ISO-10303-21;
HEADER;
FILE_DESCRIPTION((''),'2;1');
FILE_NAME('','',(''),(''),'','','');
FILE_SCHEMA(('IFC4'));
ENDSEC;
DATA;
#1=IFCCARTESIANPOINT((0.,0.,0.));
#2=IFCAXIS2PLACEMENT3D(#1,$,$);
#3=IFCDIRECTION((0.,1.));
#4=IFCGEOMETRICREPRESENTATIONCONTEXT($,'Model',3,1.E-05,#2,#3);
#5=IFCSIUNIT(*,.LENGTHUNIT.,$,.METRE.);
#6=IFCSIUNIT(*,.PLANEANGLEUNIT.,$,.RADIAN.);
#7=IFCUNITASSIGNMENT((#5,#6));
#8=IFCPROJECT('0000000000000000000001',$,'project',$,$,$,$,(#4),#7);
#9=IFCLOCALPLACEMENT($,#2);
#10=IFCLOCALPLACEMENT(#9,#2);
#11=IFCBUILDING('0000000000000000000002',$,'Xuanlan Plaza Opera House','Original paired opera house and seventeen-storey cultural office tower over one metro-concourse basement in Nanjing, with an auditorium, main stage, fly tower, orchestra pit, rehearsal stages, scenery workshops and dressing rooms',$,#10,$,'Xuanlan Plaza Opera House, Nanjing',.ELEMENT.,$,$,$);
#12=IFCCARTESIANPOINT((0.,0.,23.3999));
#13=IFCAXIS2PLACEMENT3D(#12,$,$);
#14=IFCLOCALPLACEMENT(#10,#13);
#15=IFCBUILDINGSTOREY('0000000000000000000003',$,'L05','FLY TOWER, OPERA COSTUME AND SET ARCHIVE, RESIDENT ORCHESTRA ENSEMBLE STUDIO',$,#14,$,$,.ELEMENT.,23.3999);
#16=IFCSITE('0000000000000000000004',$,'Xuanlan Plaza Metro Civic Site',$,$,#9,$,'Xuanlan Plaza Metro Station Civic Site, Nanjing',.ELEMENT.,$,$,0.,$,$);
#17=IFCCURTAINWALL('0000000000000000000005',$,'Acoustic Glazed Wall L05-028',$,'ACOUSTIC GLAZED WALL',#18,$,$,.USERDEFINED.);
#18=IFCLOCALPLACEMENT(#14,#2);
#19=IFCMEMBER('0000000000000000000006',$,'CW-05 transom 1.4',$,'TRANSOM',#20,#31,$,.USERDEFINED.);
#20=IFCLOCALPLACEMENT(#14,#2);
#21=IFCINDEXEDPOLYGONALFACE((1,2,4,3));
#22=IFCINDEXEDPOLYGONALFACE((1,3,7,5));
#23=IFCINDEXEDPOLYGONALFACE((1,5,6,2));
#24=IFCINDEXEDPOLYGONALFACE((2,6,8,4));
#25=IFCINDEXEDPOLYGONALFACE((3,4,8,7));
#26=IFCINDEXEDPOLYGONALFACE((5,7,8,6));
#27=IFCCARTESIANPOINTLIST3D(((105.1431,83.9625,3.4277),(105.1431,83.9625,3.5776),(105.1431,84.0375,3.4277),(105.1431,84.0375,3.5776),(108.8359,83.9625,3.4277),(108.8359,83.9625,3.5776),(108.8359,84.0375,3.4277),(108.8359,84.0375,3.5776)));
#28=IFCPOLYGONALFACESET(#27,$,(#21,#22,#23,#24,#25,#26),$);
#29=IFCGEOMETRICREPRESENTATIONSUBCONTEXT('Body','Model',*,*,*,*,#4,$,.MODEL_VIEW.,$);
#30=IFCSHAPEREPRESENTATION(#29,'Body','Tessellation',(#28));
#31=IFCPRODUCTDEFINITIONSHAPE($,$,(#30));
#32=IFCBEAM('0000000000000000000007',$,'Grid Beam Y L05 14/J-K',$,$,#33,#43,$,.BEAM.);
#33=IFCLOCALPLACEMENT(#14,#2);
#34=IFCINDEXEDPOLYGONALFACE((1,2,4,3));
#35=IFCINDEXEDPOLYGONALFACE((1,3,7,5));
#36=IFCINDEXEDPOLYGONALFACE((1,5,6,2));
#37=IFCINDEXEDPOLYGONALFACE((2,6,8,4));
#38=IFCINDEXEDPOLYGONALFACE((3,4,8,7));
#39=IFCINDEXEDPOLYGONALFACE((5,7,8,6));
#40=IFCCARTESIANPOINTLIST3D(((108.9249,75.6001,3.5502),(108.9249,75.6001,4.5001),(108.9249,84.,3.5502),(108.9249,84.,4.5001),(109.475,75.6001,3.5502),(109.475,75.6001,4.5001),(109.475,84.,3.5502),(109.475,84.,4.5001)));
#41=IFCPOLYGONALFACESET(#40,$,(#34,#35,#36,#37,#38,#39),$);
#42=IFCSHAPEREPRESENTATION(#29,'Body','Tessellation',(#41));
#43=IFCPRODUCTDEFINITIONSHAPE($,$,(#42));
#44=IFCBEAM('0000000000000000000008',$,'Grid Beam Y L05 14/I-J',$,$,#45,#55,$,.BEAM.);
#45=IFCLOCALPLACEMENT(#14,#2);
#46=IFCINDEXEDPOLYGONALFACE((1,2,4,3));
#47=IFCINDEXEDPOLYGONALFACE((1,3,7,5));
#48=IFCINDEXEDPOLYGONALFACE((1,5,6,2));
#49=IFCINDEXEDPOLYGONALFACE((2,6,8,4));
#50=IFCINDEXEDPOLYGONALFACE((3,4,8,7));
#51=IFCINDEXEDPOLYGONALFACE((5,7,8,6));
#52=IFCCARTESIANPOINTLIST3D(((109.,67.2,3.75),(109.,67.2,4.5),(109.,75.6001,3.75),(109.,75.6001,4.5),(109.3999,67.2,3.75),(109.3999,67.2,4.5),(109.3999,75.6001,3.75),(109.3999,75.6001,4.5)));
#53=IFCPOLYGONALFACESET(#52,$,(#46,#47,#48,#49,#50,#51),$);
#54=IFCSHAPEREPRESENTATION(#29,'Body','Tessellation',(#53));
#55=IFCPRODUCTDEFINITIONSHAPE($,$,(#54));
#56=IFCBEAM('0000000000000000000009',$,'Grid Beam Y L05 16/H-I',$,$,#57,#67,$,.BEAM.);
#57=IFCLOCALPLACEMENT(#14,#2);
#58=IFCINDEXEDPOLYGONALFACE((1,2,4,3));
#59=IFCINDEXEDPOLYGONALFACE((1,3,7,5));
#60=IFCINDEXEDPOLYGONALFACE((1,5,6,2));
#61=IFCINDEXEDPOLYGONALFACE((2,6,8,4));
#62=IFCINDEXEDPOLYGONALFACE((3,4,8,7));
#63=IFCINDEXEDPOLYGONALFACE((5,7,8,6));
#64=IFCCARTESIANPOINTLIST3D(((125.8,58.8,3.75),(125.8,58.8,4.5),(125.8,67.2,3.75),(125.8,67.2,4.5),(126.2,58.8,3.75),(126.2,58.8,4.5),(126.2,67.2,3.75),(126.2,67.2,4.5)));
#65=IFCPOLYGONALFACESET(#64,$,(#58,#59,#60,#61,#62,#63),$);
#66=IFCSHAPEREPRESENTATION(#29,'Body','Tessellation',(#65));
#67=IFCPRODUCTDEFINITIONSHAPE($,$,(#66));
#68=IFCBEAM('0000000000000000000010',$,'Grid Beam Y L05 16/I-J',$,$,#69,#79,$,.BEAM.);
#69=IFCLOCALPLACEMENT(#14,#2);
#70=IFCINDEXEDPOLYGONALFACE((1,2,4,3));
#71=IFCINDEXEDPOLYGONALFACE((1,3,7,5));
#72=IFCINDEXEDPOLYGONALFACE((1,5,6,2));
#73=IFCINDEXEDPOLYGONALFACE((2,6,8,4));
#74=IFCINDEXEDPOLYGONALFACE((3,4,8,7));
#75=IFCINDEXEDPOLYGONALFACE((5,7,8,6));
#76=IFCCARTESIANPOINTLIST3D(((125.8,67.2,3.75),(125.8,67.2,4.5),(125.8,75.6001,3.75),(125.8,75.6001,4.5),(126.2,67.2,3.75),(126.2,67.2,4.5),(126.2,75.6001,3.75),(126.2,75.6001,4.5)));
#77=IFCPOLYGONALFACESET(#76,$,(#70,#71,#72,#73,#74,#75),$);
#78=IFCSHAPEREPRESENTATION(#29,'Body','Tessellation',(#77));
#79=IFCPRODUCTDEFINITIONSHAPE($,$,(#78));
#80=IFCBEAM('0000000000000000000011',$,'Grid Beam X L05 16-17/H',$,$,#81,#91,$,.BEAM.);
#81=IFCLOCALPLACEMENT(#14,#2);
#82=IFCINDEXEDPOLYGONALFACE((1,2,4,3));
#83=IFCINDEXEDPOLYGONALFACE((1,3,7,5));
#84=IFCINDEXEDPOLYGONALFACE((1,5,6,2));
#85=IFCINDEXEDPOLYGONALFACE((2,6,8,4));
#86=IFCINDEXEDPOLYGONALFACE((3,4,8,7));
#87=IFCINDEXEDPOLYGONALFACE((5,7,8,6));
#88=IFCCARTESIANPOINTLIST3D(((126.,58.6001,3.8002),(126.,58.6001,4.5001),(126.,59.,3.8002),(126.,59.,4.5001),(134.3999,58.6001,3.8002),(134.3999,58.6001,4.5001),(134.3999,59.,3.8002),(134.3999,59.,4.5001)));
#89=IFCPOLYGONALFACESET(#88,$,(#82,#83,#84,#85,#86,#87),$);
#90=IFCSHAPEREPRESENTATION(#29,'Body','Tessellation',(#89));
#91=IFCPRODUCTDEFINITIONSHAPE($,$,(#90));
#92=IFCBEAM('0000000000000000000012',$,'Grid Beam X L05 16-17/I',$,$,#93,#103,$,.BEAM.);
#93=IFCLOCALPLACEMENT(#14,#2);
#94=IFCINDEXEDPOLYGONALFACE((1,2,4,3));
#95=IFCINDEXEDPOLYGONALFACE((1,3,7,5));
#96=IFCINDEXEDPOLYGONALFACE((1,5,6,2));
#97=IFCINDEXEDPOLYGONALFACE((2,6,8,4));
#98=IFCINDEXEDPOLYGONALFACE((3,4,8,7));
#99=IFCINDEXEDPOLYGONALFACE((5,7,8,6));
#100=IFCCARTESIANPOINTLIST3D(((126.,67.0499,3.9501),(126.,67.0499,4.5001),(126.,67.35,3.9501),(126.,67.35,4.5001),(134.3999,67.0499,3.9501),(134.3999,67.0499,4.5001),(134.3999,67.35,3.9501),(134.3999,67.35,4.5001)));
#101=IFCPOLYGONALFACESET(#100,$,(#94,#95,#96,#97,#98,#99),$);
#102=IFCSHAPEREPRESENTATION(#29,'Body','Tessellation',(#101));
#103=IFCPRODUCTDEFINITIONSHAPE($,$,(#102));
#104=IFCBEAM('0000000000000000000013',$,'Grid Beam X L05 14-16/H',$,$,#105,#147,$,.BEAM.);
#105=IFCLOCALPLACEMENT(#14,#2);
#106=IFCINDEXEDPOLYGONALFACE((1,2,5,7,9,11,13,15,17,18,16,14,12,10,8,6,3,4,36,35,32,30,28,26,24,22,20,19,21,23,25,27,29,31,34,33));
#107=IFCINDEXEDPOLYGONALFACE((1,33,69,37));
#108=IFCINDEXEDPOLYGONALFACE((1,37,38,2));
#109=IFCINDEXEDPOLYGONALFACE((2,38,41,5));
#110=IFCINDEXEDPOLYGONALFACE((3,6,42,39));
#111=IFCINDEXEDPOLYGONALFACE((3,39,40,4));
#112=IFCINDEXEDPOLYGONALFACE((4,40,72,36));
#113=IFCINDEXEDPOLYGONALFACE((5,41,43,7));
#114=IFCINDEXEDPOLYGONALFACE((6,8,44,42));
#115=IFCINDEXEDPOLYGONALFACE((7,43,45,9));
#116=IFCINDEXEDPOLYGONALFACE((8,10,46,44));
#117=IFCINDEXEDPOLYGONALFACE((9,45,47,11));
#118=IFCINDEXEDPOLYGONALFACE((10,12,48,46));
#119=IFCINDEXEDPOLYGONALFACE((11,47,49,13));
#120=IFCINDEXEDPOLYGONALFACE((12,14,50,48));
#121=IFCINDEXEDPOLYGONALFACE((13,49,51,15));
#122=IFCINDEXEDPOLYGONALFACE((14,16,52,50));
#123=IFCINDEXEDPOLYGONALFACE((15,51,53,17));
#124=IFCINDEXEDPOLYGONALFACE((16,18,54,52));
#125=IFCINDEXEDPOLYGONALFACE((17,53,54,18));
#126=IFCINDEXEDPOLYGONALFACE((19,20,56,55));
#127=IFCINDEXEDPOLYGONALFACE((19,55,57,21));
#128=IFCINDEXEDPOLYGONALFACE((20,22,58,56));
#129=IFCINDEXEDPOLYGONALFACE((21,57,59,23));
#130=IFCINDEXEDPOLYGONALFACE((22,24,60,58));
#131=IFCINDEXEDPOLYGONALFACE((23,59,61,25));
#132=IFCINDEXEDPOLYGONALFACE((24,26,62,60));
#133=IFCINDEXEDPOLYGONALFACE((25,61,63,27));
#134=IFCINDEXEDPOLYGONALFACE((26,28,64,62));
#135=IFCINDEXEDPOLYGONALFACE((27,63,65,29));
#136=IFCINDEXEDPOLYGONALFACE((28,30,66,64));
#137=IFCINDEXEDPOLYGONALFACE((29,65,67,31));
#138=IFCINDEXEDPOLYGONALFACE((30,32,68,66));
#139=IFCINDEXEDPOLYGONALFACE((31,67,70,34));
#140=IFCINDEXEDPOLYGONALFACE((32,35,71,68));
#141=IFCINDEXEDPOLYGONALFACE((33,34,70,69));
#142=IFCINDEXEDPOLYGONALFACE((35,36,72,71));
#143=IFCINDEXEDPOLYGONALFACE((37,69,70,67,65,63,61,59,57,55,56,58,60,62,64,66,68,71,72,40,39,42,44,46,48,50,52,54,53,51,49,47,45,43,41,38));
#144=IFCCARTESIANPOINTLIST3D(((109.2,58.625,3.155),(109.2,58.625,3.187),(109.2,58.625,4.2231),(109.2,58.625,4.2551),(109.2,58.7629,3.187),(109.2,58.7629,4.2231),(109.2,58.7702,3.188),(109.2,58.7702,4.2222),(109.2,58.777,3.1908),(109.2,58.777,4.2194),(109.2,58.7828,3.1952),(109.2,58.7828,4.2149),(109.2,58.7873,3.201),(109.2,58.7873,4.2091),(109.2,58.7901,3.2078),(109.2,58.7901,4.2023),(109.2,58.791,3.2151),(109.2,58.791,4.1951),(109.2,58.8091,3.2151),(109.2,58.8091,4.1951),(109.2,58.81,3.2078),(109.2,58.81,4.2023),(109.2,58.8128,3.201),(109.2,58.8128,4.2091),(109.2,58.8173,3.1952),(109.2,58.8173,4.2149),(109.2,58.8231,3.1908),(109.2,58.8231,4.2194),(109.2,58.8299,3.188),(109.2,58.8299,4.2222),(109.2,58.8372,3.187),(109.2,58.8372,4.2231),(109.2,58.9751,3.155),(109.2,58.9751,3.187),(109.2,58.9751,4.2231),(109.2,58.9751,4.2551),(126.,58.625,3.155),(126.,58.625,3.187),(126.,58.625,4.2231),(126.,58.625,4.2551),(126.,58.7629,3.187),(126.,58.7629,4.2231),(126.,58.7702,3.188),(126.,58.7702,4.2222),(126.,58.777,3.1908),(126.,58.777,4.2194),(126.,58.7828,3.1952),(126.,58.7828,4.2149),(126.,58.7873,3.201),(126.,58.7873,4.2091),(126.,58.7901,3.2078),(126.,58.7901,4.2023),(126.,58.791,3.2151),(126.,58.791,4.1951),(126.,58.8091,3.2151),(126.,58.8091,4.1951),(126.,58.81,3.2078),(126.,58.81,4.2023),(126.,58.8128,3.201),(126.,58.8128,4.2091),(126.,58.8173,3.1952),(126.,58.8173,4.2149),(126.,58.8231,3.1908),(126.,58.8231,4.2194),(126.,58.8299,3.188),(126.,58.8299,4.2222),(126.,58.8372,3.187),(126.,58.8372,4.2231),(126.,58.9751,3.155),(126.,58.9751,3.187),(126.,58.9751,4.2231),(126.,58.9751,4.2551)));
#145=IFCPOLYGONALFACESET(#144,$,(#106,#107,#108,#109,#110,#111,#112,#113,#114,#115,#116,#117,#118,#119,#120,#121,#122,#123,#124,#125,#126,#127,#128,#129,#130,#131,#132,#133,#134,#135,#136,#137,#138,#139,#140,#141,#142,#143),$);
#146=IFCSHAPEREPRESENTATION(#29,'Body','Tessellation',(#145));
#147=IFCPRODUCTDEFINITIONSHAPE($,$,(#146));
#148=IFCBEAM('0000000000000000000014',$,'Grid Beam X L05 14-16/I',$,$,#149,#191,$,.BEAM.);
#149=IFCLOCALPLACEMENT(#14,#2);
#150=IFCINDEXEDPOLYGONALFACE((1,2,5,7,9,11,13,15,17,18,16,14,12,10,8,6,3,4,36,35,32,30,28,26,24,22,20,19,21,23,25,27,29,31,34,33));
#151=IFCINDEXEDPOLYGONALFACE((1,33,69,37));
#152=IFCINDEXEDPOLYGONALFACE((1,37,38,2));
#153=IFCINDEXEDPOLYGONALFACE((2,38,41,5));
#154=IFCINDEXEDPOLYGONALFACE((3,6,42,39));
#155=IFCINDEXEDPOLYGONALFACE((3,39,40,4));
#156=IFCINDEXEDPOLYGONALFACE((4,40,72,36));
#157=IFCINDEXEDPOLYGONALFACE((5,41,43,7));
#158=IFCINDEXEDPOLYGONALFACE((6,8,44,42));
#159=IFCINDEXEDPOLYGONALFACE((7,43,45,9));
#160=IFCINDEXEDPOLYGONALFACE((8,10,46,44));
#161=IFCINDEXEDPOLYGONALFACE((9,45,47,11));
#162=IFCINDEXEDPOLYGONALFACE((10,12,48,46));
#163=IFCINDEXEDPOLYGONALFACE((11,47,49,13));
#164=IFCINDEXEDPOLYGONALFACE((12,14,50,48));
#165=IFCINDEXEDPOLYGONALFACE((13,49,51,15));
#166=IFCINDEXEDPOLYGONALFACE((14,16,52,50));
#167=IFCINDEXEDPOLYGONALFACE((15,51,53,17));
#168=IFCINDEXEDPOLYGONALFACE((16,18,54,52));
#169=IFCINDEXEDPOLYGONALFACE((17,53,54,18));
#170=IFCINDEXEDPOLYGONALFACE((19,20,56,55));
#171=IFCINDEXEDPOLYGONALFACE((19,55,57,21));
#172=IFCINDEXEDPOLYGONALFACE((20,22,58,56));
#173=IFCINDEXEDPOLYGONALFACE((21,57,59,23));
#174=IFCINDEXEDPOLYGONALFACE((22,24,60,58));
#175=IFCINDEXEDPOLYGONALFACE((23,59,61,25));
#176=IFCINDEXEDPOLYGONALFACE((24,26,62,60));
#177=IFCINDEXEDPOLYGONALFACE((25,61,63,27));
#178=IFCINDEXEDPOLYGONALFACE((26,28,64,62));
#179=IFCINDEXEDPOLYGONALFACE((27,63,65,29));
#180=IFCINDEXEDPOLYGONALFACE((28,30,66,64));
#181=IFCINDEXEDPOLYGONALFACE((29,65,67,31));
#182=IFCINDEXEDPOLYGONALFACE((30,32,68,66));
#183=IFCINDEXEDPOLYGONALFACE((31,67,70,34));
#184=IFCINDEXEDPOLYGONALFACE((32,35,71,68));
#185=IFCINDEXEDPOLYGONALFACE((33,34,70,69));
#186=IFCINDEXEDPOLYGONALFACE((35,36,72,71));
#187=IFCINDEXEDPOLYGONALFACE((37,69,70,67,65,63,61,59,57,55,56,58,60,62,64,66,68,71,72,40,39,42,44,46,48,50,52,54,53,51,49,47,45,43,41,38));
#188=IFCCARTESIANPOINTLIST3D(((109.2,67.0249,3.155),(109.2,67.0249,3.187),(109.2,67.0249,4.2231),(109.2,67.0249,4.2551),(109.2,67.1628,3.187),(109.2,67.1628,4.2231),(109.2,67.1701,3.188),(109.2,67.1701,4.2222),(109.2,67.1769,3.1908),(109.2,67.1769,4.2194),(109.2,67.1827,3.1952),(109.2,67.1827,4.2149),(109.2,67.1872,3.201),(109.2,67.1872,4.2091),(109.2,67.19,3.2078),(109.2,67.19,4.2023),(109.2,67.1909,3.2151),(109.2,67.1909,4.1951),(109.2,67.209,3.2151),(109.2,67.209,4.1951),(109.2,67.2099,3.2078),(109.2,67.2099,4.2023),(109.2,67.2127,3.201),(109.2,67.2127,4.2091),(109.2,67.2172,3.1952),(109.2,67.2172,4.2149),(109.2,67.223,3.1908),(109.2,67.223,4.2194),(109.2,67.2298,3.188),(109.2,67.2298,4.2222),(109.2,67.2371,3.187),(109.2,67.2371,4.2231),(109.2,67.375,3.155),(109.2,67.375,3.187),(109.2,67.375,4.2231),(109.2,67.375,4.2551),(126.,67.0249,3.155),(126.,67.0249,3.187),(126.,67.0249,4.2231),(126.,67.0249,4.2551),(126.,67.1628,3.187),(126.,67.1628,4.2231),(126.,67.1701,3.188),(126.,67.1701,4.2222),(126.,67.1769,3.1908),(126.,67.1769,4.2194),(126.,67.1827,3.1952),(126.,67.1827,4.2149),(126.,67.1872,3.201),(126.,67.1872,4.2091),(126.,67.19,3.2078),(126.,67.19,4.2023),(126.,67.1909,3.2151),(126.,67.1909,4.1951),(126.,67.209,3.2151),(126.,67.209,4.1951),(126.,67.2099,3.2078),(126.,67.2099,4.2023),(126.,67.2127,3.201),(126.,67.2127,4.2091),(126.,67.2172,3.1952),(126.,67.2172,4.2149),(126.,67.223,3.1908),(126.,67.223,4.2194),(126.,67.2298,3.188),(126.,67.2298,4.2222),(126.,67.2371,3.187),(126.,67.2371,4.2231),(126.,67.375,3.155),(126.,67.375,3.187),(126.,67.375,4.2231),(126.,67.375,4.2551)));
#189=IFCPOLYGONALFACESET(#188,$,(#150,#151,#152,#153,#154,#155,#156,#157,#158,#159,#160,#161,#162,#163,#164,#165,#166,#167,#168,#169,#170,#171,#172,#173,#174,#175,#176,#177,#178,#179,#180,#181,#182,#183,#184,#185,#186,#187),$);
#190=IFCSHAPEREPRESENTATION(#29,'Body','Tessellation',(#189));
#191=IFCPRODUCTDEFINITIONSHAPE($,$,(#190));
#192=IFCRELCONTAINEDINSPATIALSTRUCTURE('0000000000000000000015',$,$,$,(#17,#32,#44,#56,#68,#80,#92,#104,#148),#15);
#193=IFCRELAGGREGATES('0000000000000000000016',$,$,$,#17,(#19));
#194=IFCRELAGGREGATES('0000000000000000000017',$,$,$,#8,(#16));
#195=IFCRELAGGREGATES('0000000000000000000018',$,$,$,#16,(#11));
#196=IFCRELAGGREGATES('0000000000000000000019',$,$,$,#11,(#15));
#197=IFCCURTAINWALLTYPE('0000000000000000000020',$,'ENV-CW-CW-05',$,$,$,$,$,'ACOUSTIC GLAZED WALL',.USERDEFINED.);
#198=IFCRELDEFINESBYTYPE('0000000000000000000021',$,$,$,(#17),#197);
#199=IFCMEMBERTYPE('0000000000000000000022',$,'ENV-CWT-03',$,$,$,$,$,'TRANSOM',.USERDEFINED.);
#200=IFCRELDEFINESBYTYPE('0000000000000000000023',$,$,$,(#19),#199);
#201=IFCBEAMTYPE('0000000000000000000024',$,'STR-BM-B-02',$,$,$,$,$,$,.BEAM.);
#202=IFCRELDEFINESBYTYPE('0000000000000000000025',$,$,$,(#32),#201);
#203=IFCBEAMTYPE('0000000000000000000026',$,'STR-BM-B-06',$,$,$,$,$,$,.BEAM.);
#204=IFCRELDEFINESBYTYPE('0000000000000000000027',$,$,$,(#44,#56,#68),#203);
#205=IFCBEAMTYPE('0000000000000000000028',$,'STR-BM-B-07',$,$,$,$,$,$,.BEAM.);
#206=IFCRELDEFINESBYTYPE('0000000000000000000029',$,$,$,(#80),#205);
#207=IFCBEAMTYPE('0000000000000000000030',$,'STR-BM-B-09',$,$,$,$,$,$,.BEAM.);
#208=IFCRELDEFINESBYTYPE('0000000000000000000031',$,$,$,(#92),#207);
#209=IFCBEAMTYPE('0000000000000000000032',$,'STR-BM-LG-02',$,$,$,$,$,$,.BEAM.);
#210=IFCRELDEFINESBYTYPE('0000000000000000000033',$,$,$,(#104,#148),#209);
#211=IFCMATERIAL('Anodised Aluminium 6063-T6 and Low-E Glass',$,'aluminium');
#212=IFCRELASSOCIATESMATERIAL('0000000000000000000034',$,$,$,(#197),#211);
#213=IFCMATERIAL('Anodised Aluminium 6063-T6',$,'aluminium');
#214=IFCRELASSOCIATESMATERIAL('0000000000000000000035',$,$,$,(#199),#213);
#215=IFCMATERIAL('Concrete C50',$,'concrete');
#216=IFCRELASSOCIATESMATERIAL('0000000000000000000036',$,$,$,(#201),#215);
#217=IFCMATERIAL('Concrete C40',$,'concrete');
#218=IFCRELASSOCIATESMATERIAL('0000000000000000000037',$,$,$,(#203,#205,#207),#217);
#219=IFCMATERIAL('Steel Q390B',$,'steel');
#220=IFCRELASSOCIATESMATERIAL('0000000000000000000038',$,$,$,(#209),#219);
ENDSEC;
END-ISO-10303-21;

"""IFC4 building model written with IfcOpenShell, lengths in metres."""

from ifc_helpers import new_model, si_unit, direction, frame, origin, origin_2d, place, context, subcontext, project, spatial, rectangle, i_section, extrude, material, material_profile, profile_set, type_object, element, aggregate, save


model = new_model("IFC4")

# Units and contexts
model_context = context("Model", 3, precision=1e-05, world=origin(), true_north=direction((0.0, 1.0)))
body_context = subcontext(model_context, "Body", "Model", "MODEL_VIEW")
ifc_project = project(units=[si_unit("LENGTHUNIT", "METRE"), si_unit("PLANEANGLEUNIT", "RADIAN")], contexts=[model_context])

# Site, building, storey
site_placement = place(None, origin())
site = spatial("IfcSite", under=ifc_project, at=site_placement, Name="Xuanlan Plaza Metro Civic Site", LongName="Xuanlan Plaza Metro Station Civic Site, Nanjing", CompositionType="ELEMENT", RefElevation=0.0)
building_placement = place(site_placement, origin())
building = spatial("IfcBuilding", under=site, at=building_placement, Name="Xuanlan Plaza Opera House", Description="Original paired opera house and seventeen-storey cultural office tower over one metro-concourse basement in Nanjing, with an auditorium, main stage, fly tower, orchestra pit, rehearsal stages, scenery workshops and dressing rooms", LongName="Xuanlan Plaza Opera House, Nanjing", CompositionType="ELEMENT")
storey_placement = place(building_placement, frame((0.0, 0.0, 23.3999)))
storey = spatial("IfcBuildingStorey", under=building, at=storey_placement, Name="L05", Description="FLY TOWER, OPERA COSTUME AND SET ARCHIVE, RESIDENT ORCHESTRA ENSEMBLE STUDIO", CompositionType="ELEMENT", Elevation=23.3999)

# Shared definitions
ifc_material_1 = material(Name="Concrete C50", Category="concrete")

# Shared definitions
ifc_material_2 = material(Name="Anodised Aluminium 6063-T6 and Low-E Glass", Category="aluminium")
ifc_material_3 = material(Name="Anodised Aluminium 6063-T6", Category="aluminium")

# Curtain wall, member
curtain_wall_type_1 = type_object("IfcCurtainWallType", Name="ENV-CW-CW-05", ElementType="ACOUSTIC GLAZED WALL", PredefinedType="USERDEFINED", material=ifc_material_2)
curtain_wall_1_placement = place(storey_placement, origin())
curtain_wall_1 = element("IfcCurtainWall", 1, at=curtain_wall_1_placement, inside=storey, type_object=curtain_wall_type_1, Name="Acoustic Glazed Wall L05-028", ObjectType="ACOUSTIC GLAZED WALL", PredefinedType="USERDEFINED")
ifc_material_profile_1 = material_profile(ifc_material_3, rectangle(XDim=0.075, YDim=0.1499, at=origin_2d()), Name="ALU-T 75x150")
ifc_profile_set_1 = profile_set([ifc_material_profile_1], Name="Anodised Aluminium 6063-T6")
member_type_1 = type_object("IfcMemberType", Name="ENV-CWT-03", ElementType="TRANSOM", PredefinedType="USERDEFINED", material=ifc_profile_set_1)
member_1_placement = place(storey_placement, frame((108.8359, 84.0, 3.5027), z_axis=(-1.0, 0.0, 0.0), x_axis=(0.0, -1.0, 0.0)))
member_1 = element("IfcMember", 2, at=member_1_placement, type_object=member_type_1, Name="CW-05 transom 1.4", ObjectType="TRANSOM", PredefinedType="USERDEFINED", context=body_context, shape_type="SweptSolid", body=[
    extrude(rectangle(XDim=0.075, YDim=0.1499, at=origin_2d()), origin(), (0.0, 0.0, 1.0), 3.6929),
])

# Beams
ifc_material_profile_2 = material_profile(ifc_material_1, rectangle(XDim=0.55, YDim=0.95, at=origin_2d()), Name="RC-BM 550x950")
ifc_profile_set_2 = profile_set([ifc_material_profile_2], Name="Concrete C50")
beam_type_1 = type_object("IfcBeamType", Name="STR-BM-B-02", PredefinedType="BEAM", material=ifc_profile_set_2)
beam_1_placement = place(storey_placement, frame((109.2, 75.6001, 4.0251), z_axis=(0.0, 1.0, 0.0), x_axis=(-1.0, 0.0, 0.0)))
element("IfcBeam", 3, at=beam_1_placement, inside=storey, type_object=beam_type_1, Name="Grid Beam Y L05 14/J-K", PredefinedType="BEAM", context=body_context, shape_type="SweptSolid", body=[
    extrude(rectangle(XDim=0.55, YDim=0.95, at=origin_2d()), origin(), (0.0, 0.0, 1.0), 8.3999),
])
ifc_material_4 = material(Name="Concrete C40", Category="concrete")
ifc_material_profile_3 = material_profile(ifc_material_4, rectangle(XDim=0.3999, YDim=0.75, at=origin_2d()), Name="RC-BM 400x750")
ifc_profile_set_3 = profile_set([ifc_material_profile_3], Name="Concrete C40")
beam_type_2 = type_object("IfcBeamType", Name="STR-BM-B-06", PredefinedType="BEAM", material=ifc_profile_set_3)
beam_2_placement = place(storey_placement, frame((109.2, 67.2, 4.125), z_axis=(0.0, 1.0, 0.0), x_axis=(-1.0, 0.0, 0.0)))
element("IfcBeam", 4, at=beam_2_placement, inside=storey, type_object=beam_type_2, Name="Grid Beam Y L05 14/I-J", PredefinedType="BEAM", context=body_context, shape_type="SweptSolid", body=[
    extrude(rectangle(XDim=0.3999, YDim=0.75, at=origin_2d()), origin(), (0.0, 0.0, 1.0), 8.4001),
])
beam_3_placement = place(storey_placement, frame((126.0, 58.8, 4.125), z_axis=(0.0, 1.0, 0.0), x_axis=(-1.0, 0.0, 0.0)))
element("IfcBeam", 5, at=beam_3_placement, inside=storey, type_object=beam_type_2, Name="Grid Beam Y L05 16/H-I", PredefinedType="BEAM", context=body_context, shape_type="SweptSolid", body=[
    extrude(rectangle(XDim=0.3999, YDim=0.75, at=origin_2d()), origin(), (0.0, 0.0, 1.0), 8.3999),
])
beam_4_placement = place(storey_placement, frame((126.0, 67.2, 4.125), z_axis=(0.0, 1.0, 0.0), x_axis=(-1.0, 0.0, 0.0)))
element("IfcBeam", 6, at=beam_4_placement, inside=storey, type_object=beam_type_2, Name="Grid Beam Y L05 16/I-J", PredefinedType="BEAM", context=body_context, shape_type="SweptSolid", body=[
    extrude(rectangle(XDim=0.3999, YDim=0.75, at=origin_2d()), origin(), (0.0, 0.0, 1.0), 8.4001),
])
ifc_material_profile_4 = material_profile(ifc_material_4, rectangle(XDim=0.3999, YDim=0.7, at=origin_2d()), Name="RC-BM 400x700")
ifc_profile_set_4 = profile_set([ifc_material_profile_4], Name="Concrete C40")
beam_type_3 = type_object("IfcBeamType", Name="STR-BM-B-07", PredefinedType="BEAM", material=ifc_profile_set_4)
beam_5_placement = place(storey_placement, frame((126.0, 58.8, 4.1501), z_axis=(1.0, 0.0, 0.0), x_axis=(0.0, 1.0, 0.0)))
element("IfcBeam", 7, at=beam_5_placement, inside=storey, type_object=beam_type_3, Name="Grid Beam X L05 16-17/H", PredefinedType="BEAM", context=body_context, shape_type="SweptSolid", body=[
    extrude(rectangle(XDim=0.3999, YDim=0.7, at=origin_2d()), origin(), (0.0, 0.0, 1.0), 8.3999),
])
ifc_material_profile_5 = material_profile(ifc_material_4, rectangle(XDim=0.3, YDim=0.55, at=origin_2d()), Name="RC-BM 300x550")
ifc_profile_set_5 = profile_set([ifc_material_profile_5], Name="Concrete C40")
beam_type_4 = type_object("IfcBeamType", Name="STR-BM-B-09", PredefinedType="BEAM", material=ifc_profile_set_5)
beam_6_placement = place(storey_placement, frame((126.0, 67.2, 4.2251), z_axis=(1.0, 0.0, 0.0), x_axis=(0.0, 1.0, 0.0)))
element("IfcBeam", 8, at=beam_6_placement, inside=storey, type_object=beam_type_4, Name="Grid Beam X L05 16-17/I", PredefinedType="BEAM", context=body_context, shape_type="SweptSolid", body=[
    extrude(rectangle(XDim=0.3, YDim=0.55, at=origin_2d()), origin(), (0.0, 0.0, 1.0), 8.3999),
])
ifc_material_5 = material(Name="Steel Q390B", Category="steel")
ifc_material_profile_6 = material_profile(ifc_material_5, i_section(OverallWidth=0.3501, OverallDepth=1.1001, WebThickness=0.0181, FlangeThickness=0.032, FilletRadius=0.0281, at=origin_2d()), Name="HN 1100x350x18x32")
ifc_profile_set_6 = profile_set([ifc_material_profile_6], Name="Steel Q390B")
beam_type_5 = type_object("IfcBeamType", Name="STR-BM-LG-02", PredefinedType="BEAM", material=ifc_profile_set_6)
for number, where, z_axis, x_axis, name in (
    (9, (109.2, 58.8, 3.7051), (1.0, 0.0, 0.0), (0.0, 1.0, 0.0), "Grid Beam X L05 14-16/H"),
    (10, (109.2, 67.2, 3.7051), (1.0, 0.0, 0.0), (0.0, 1.0, 0.0), "Grid Beam X L05 14-16/I"),
):
    element("IfcBeam", number, at=place(storey_placement, frame(where, z_axis=z_axis, x_axis=x_axis)), inside=storey, type_object=beam_type_5, Name=name, PredefinedType="BEAM", context=body_context, shape_type="SweptSolid", body=[
        extrude(i_section(OverallWidth=0.3501, OverallDepth=1.1001, WebThickness=0.0181, FlangeThickness=0.032, FilletRadius=0.0281, at=origin_2d()), origin(), (0.0, 0.0, 1.0), 16.8),
    ])

aggregate(curtain_wall_1, [member_1])

save(model, "model.ifc")
